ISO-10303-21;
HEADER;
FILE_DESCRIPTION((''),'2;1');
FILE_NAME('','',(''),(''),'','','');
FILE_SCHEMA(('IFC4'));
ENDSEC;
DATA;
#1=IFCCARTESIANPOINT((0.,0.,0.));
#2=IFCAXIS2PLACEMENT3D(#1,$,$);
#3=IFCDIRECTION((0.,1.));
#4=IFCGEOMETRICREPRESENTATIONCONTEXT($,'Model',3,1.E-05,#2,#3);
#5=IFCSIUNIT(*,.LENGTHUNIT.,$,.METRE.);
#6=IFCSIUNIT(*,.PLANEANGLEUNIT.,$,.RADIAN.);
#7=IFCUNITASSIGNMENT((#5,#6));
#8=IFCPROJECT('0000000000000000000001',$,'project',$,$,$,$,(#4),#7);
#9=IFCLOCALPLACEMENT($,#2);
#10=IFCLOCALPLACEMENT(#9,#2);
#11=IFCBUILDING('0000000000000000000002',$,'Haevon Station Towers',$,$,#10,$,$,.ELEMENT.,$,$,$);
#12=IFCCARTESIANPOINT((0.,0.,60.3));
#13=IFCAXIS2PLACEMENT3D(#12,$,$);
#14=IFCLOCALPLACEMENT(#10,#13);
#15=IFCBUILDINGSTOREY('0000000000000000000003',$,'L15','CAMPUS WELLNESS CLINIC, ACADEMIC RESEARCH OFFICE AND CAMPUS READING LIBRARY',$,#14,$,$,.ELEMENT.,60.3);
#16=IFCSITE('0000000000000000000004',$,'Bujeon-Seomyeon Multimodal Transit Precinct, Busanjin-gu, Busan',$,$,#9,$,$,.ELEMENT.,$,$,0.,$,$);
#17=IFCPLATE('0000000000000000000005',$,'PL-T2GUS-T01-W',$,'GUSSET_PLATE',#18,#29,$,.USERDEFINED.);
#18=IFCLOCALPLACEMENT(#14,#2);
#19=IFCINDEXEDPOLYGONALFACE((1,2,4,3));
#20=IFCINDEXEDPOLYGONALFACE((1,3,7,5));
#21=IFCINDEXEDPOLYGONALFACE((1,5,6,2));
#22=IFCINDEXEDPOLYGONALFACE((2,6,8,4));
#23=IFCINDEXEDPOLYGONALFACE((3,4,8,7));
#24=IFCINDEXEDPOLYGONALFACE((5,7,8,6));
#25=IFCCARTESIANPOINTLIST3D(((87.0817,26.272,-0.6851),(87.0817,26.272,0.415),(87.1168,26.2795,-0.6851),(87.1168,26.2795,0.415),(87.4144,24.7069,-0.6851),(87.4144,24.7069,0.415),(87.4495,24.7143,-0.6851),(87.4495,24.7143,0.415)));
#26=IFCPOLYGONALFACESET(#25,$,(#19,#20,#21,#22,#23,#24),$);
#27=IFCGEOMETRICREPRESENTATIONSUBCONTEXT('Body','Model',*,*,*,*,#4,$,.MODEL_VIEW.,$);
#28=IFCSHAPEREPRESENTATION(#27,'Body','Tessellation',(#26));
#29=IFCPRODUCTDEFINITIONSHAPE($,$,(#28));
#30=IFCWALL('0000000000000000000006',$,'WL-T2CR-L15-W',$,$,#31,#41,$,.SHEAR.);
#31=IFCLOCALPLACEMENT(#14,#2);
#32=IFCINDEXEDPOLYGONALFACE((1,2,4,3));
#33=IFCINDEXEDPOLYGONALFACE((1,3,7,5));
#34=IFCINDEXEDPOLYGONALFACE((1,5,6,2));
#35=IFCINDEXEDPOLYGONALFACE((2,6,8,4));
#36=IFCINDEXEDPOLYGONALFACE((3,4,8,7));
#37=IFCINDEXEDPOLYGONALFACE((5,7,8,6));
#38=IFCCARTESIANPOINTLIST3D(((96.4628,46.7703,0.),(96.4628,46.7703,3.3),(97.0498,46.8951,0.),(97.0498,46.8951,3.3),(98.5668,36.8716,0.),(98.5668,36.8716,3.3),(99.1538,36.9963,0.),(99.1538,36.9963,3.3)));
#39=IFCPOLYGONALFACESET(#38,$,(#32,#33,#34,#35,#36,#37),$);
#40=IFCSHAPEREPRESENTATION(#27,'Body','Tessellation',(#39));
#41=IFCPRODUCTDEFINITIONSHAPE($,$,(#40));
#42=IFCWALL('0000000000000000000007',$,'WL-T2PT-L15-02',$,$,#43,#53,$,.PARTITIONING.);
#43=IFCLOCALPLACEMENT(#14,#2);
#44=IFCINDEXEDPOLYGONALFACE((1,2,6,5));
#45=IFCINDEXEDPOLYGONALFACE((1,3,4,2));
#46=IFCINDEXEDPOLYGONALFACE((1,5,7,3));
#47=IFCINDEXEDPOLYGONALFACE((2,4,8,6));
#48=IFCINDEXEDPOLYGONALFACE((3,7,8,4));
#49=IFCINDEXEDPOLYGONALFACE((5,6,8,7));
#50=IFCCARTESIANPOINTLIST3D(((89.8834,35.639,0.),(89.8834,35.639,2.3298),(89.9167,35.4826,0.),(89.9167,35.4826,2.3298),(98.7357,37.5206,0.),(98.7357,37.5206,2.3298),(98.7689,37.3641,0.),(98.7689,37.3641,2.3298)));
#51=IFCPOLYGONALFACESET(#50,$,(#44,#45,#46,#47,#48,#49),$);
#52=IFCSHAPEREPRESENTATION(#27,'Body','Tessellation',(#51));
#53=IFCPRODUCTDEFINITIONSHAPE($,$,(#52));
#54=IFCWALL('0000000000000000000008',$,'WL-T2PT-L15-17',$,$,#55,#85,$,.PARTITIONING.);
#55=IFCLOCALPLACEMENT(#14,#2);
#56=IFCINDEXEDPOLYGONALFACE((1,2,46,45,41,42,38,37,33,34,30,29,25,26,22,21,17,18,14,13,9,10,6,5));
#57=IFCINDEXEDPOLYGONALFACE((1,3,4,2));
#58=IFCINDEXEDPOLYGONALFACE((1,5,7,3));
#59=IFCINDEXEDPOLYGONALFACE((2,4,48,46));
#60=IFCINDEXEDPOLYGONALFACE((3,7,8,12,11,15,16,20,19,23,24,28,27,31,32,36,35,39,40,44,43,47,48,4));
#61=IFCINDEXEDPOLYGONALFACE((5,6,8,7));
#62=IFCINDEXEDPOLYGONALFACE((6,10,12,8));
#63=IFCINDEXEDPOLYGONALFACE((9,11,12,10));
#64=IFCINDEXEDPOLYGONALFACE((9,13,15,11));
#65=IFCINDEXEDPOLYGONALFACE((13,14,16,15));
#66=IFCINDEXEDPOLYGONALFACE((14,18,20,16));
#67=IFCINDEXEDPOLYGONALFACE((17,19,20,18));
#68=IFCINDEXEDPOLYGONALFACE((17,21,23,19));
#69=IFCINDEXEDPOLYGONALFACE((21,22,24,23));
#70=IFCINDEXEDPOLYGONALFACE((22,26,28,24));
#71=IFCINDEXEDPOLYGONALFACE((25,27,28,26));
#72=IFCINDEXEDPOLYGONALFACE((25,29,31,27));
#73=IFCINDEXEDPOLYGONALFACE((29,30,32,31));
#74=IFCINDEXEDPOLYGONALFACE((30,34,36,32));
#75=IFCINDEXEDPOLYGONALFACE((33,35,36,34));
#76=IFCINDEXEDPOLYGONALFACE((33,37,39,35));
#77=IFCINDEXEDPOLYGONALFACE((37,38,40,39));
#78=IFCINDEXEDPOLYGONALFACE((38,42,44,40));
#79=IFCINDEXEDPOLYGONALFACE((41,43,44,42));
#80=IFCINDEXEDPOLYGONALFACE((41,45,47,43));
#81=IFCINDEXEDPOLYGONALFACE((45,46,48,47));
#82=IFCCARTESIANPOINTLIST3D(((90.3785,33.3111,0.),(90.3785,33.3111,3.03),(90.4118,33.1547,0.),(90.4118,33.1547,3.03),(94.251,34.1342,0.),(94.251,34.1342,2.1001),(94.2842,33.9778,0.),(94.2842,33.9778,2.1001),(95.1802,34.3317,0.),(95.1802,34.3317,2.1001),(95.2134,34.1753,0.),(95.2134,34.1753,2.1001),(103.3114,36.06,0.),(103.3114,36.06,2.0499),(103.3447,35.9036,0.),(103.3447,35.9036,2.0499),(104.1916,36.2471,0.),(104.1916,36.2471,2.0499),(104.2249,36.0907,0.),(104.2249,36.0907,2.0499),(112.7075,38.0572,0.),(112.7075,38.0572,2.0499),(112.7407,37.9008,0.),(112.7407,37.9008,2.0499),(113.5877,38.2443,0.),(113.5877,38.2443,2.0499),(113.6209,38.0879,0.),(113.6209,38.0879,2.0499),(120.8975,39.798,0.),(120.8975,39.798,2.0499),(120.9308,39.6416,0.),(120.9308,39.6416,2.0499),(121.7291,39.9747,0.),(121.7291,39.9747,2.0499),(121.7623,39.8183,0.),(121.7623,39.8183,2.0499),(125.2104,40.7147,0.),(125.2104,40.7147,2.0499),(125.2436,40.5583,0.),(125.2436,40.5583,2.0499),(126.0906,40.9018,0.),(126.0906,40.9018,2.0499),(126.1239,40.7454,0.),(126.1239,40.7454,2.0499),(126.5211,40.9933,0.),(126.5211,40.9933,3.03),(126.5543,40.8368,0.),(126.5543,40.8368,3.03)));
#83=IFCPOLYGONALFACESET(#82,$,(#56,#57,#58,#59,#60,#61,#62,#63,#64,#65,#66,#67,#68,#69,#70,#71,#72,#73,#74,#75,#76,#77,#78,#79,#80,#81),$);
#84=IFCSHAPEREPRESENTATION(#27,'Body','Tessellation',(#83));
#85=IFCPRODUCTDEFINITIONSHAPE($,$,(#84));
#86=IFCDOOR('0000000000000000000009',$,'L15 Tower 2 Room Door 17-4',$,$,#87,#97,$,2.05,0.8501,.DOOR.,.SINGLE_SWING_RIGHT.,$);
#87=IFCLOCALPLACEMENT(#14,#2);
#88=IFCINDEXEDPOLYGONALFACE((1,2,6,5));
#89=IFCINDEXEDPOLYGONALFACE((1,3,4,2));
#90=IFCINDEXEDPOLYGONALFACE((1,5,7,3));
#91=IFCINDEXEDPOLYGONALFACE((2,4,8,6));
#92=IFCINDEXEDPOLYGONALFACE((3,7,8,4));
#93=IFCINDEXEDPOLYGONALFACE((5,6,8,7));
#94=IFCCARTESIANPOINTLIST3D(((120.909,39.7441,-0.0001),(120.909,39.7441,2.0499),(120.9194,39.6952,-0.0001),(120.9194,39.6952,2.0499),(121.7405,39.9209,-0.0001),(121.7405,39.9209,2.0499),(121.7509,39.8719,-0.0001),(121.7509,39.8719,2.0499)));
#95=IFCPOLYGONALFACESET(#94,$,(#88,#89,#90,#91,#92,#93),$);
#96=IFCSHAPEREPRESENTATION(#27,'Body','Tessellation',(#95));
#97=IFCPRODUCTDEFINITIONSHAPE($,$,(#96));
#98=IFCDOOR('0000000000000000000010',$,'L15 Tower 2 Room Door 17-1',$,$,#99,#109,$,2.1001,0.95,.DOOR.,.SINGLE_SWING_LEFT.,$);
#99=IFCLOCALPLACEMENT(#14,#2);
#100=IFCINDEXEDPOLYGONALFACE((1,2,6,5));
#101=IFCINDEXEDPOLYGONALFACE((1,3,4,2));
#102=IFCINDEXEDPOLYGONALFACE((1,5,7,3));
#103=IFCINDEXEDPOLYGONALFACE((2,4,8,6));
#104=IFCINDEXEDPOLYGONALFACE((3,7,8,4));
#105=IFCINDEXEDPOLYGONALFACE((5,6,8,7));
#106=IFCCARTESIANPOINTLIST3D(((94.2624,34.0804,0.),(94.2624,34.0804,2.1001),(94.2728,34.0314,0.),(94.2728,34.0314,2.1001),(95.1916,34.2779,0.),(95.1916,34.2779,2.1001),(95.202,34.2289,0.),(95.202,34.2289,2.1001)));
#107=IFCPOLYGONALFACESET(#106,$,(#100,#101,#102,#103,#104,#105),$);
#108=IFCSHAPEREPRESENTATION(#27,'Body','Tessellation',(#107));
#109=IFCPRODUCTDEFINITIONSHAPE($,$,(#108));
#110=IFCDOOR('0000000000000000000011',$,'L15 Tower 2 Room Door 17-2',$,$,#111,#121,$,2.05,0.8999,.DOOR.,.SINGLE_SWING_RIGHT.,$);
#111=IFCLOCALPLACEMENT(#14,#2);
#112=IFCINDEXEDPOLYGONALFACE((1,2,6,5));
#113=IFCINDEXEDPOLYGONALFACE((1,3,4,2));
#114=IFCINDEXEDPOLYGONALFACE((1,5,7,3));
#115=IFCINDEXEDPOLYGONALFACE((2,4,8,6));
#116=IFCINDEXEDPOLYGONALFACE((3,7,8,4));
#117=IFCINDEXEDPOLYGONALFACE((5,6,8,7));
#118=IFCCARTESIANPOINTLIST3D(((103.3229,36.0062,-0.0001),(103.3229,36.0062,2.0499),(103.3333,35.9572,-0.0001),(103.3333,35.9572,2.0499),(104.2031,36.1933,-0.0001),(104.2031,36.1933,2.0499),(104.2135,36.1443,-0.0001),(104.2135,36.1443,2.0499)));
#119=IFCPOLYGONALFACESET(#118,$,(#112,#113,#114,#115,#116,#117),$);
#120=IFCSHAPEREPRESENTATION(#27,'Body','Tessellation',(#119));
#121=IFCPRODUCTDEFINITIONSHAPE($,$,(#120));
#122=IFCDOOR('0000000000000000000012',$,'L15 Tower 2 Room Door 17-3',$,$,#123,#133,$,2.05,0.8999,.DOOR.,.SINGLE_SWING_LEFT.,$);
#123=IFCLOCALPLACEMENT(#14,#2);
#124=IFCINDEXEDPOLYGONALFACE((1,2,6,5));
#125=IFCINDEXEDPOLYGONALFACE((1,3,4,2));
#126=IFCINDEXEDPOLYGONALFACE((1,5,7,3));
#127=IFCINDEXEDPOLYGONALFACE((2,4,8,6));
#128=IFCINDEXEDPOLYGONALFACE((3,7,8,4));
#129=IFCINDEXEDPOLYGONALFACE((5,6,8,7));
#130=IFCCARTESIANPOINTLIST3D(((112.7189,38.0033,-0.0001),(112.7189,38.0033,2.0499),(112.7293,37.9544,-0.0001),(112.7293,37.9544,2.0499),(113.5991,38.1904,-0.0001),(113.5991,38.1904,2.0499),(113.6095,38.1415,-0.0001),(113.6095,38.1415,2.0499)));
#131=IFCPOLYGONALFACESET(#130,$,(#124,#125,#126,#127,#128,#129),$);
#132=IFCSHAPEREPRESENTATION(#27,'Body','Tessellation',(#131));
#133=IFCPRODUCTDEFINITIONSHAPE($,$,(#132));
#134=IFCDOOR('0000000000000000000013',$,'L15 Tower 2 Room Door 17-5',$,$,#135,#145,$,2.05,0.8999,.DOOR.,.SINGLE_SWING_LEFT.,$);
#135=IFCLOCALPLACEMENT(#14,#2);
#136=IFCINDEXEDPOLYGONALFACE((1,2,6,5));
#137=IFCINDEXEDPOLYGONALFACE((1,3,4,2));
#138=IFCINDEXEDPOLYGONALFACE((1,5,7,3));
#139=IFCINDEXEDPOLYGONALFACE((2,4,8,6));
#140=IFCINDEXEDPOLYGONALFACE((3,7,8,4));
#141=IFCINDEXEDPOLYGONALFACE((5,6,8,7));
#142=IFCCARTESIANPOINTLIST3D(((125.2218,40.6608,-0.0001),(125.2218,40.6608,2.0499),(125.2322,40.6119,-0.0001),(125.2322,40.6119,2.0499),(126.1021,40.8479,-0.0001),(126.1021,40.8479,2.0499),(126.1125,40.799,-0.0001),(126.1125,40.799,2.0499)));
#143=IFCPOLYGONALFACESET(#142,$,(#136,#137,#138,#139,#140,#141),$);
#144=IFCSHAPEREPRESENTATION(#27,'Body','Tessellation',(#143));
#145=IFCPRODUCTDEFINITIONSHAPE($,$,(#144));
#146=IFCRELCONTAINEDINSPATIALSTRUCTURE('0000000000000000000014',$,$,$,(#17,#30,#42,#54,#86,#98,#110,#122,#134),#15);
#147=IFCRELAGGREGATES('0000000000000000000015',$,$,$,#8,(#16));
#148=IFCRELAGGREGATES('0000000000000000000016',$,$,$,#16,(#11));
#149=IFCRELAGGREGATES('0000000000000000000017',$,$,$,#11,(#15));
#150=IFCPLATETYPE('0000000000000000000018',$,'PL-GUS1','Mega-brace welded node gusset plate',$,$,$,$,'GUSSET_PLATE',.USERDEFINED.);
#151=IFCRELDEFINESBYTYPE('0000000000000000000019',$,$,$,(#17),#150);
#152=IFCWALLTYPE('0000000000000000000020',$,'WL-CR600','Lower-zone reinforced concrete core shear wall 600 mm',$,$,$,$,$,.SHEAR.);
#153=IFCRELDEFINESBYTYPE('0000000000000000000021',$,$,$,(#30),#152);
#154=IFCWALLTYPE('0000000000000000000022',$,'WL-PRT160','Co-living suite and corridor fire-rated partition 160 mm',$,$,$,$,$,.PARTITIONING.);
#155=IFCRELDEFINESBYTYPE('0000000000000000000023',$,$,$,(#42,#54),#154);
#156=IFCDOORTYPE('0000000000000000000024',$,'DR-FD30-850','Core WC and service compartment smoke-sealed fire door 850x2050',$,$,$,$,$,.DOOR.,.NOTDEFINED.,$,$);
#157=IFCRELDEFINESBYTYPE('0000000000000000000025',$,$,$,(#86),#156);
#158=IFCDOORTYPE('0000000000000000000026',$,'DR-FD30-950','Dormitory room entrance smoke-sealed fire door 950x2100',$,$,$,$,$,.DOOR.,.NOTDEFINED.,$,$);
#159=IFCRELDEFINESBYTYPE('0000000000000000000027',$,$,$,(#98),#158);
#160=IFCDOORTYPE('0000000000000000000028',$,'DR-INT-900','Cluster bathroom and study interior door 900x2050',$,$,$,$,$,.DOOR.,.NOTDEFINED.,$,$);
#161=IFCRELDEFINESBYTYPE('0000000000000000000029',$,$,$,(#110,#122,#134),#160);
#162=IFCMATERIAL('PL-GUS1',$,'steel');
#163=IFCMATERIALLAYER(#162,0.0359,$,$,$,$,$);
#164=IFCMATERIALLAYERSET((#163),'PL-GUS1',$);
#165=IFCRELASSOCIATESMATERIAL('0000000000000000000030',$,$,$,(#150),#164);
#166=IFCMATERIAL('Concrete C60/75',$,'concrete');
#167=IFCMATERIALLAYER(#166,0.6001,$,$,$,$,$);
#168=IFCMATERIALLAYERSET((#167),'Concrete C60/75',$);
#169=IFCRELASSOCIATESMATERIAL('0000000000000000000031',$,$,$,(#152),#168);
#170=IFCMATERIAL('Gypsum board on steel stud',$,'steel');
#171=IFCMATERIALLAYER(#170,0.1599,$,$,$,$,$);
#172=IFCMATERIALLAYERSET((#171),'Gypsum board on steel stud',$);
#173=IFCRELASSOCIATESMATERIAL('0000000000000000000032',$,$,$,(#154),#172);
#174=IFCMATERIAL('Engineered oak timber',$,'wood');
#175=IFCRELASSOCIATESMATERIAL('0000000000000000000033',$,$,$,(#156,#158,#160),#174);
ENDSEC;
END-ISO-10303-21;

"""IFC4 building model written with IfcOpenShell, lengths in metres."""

from ifc_helpers import new_model, si_unit, direction, frame, frame_2d, origin, origin_2d, place, context, subcontext, project, spatial, rectangle, extrude, material, layer, layer_set, type_object, element, fill, save


model = new_model("IFC4")

# Units and contexts
model_context = context("Model", 3, precision=1e-05, world=origin(), true_north=direction((0.0, 1.0)))
body_context = subcontext(model_context, "Body", "Model", "MODEL_VIEW")
ifc_project = project(units=[si_unit("LENGTHUNIT", "METRE"), si_unit("PLANEANGLEUNIT", "RADIAN")], contexts=[model_context])

# Site, building, storey
site_placement = place(None, origin())
site = spatial("IfcSite", under=ifc_project, at=site_placement, Name="Bujeon-Seomyeon Multimodal Transit Precinct, Busanjin-gu, Busan", CompositionType="ELEMENT", RefElevation=0.0)
building_placement = place(site_placement, origin())
building = spatial("IfcBuilding", under=site, at=building_placement, Name="Haevon Station Towers", CompositionType="ELEMENT")
storey_placement = place(building_placement, frame((0.0, 0.0, 60.3)))
storey = spatial("IfcBuildingStorey", under=building, at=storey_placement, Name="L15", Description="CAMPUS WELLNESS CLINIC, ACADEMIC RESEARCH OFFICE AND CAMPUS READING LIBRARY", CompositionType="ELEMENT", Elevation=60.3)

# Plate
ifc_material_1 = material(Name="PL-GUS1", Category="steel")
ifc_layer_1 = layer(ifc_material_1, 0.0359)
ifc_layer_set_1 = layer_set([ifc_layer_1], Name="PL-GUS1")
plate_type = type_object("IfcPlateType", Name="PL-GUS1", Description="Mega-brace welded node gusset plate", ElementType="GUSSET_PLATE", PredefinedType="USERDEFINED", material=ifc_layer_set_1)
plate_placement = place(storey_placement, frame((87.2656, 25.4932, -0.6851), z_axis=(0.0, 0.0, 1.0), x_axis=(-0.207912, 0.978148, 0.0)))
element("IfcPlate", 1, at=plate_placement, inside=storey, type_object=plate_type, Name="PL-T2GUS-T01-W", ObjectType="GUSSET_PLATE", PredefinedType="USERDEFINED", context=body_context, shape_type="SweptSolid", body=[
    extrude(rectangle(XDim=1.6001, YDim=0.0359, at=origin_2d()), origin(), (0.0, 0.0, 1.0), 1.1001),
])

# Walls
ifc_material_2 = material(Name="Concrete C60/75", Category="concrete")
ifc_layer_2 = layer(ifc_material_2, 0.6001)
ifc_layer_set_2 = layer_set([ifc_layer_2], Name="Concrete C60/75")
wall_type_1 = type_object("IfcWallType", Name="WL-CR600", Description="Lower-zone reinforced concrete core shear wall 600 mm", PredefinedType="SHEAR", material=ifc_layer_set_2)
wall_1_placement = place(storey_placement, frame((98.8604, 36.9338, 0.0), z_axis=(0.0, 0.0, 1.0), x_axis=(-0.207909, 0.978148, 0.0)))
element("IfcWall", 2, at=wall_1_placement, inside=storey, type_object=wall_type_1, Name="WL-T2CR-L15-W", PredefinedType="SHEAR", context=body_context, shape_type="SweptSolid", body=[
    extrude(rectangle(XDim=10.1199, YDim=0.6001, at=frame_2d((5.0601, 0.0))), origin(), (0.0, 0.0, 1.0), 3.3),
])
ifc_material_3 = material(Name="Gypsum board on steel stud", Category="steel")
ifc_layer_3 = layer(ifc_material_3, 0.1599)
ifc_layer_set_3 = layer_set([ifc_layer_3], Name="Gypsum board on steel stud")
wall_type_2 = type_object("IfcWallType", Name="WL-PRT160", Description="Co-living suite and corridor fire-rated partition 160 mm", PredefinedType="PARTITIONING", material=ifc_layer_set_3)
wall_2_placement = place(storey_placement, frame((89.9001, 35.5608, 0.0), z_axis=(0.0, 0.0, 1.0), x_axis=(0.978148, 0.207909, 0.0)))
element("IfcWall", 3, at=wall_2_placement, inside=storey, type_object=wall_type_2, Name="WL-T2PT-L15-02", PredefinedType="PARTITIONING", context=body_context, shape_type="SweptSolid", body=[
    extrude(rectangle(XDim=9.05, YDim=0.1599, at=frame_2d((4.5249, 0.0))), origin(), (0.0, 0.0, 1.0), 2.3298),
])

# Wall, openings, doors
wall_3_placement = place(storey_placement, frame((90.395, 33.2329, 0.0), z_axis=(0.0, 0.0, 1.0), x_axis=(0.978149, 0.207906, 0.0)))
wall_3 = element("IfcWall", 4, at=wall_3_placement, inside=storey, type_object=wall_type_2, Name="WL-T2PT-L15-17", PredefinedType="PARTITIONING", context=body_context, shape_type="SweptSolid", body=[
    extrude(rectangle(XDim=36.95, YDim=0.1599, at=frame_2d((18.4751, 0.0))), origin(), (0.0, 0.0, 1.0), 3.03),
])
opening_1_placement = place(wall_3_placement, frame((3.959, 0.0, 0.0)))
opening_1 = element("IfcOpeningElement", 5, at=opening_1_placement, cuts=wall_3, PredefinedType="OPENING", context=body_context, shape_type="SweptSolid", body=[
    extrude(rectangle(XDim=0.95, YDim=2.1001, at=frame_2d((0.4751, 1.05))), frame((0.0, 0.0898, 0.0), z_axis=(0.0, -1.0, 0.0), x_axis=(1.0, 0.0, 0.0)), (0.0, 0.0, 1.0), 0.1799),
])
opening_2_placement = place(wall_3_placement, frame((13.2219, 0.0, 0.0)))
opening_2 = element("IfcOpeningElement", 6, at=opening_2_placement, cuts=wall_3, PredefinedType="OPENING", context=body_context, shape_type="SweptSolid", body=[
    extrude(rectangle(XDim=0.8999, YDim=2.05, at=frame_2d((0.45, 1.0249))), frame((0.0, 0.0898, 0.0), z_axis=(0.0, -1.0, 0.0), x_axis=(1.0, 0.0, 0.0)), (0.0, 0.0, 1.0), 0.1799),
])
opening_3_placement = place(wall_3_placement, frame((22.8279, 0.0, 0.0)))
opening_3 = element("IfcOpeningElement", 7, at=opening_3_placement, cuts=wall_3, PredefinedType="OPENING", context=body_context, shape_type="SweptSolid", body=[
    extrude(rectangle(XDim=0.8999, YDim=2.05, at=frame_2d((0.45, 1.0249))), frame((0.0, 0.0898, 0.0), z_axis=(0.0, -1.0, 0.0), x_axis=(1.0, 0.0, 0.0)), (0.0, 0.0, 1.0), 0.1799),
])
opening_4_placement = place(wall_3_placement, frame((31.2009, 0.0, 0.0)))
opening_4 = element("IfcOpeningElement", 8, at=opening_4_placement, cuts=wall_3, PredefinedType="OPENING", context=body_context, shape_type="SweptSolid", body=[
    extrude(rectangle(XDim=0.8501, YDim=2.05, at=frame_2d((0.425, 1.0249))), frame((0.0, 0.0898, 0.0), z_axis=(0.0, -1.0, 0.0), x_axis=(1.0, 0.0, 0.0)), (0.0, 0.0, 1.0), 0.1799),
])
opening_5_placement = place(wall_3_placement, frame((35.6101, 0.0, 0.0)))
opening_5 = element("IfcOpeningElement", 9, at=opening_5_placement, cuts=wall_3, PredefinedType="OPENING", context=body_context, shape_type="SweptSolid", body=[
    extrude(rectangle(XDim=0.8999, YDim=2.05, at=frame_2d((0.45, 1.0249))), frame((0.0, 0.0898, 0.0), z_axis=(0.0, -1.0, 0.0), x_axis=(1.0, 0.0, 0.0)), (0.0, 0.0, 1.0), 0.1799),
])
ifc_material_4 = material(Name="Engineered oak timber", Category="wood")
door_type_1 = type_object("IfcDoorType", Name="DR-FD30-850", Description="Core WC and service compartment smoke-sealed fire door 850x2050", OperationType="NOTDEFINED", PredefinedType="DOOR", material=ifc_material_4)
door_1_placement = place(opening_4_placement, origin())
door_1 = element("IfcDoor", 10, at=door_1_placement, inside=storey, type_object=door_type_1, Name="L15 Tower 2 Room Door 17-4", OperationType="SINGLE_SWING_RIGHT", OverallHeight=2.05, OverallWidth=0.8501, PredefinedType="DOOR", context=body_context, shape_type="SweptSolid", body=[
    extrude(rectangle(XDim=0.8501, YDim=2.05, at=frame_2d((0.425, 1.0249))), frame((0.0, 0.0249, 0.0), z_axis=(0.0, -1.0, 0.0), x_axis=(1.0, 0.0, 0.0)), (0.0, 0.0, 1.0), 0.05),
])
fill(opening_4, door_1)
door_type_2 = type_object("IfcDoorType", Name="DR-FD30-950", Description="Dormitory room entrance smoke-sealed fire door 950x2100", OperationType="NOTDEFINED", PredefinedType="DOOR", material=ifc_material_4)
door_2_placement = place(opening_1_placement, origin())
door_2 = element("IfcDoor", 11, at=door_2_placement, inside=storey, type_object=door_type_2, Name="L15 Tower 2 Room Door 17-1", OperationType="SINGLE_SWING_LEFT", OverallHeight=2.1001, OverallWidth=0.95, PredefinedType="DOOR", context=body_context, shape_type="SweptSolid", body=[
    extrude(rectangle(XDim=0.95, YDim=2.1001, at=frame_2d((0.4751, 1.05))), frame((0.0, 0.0249, 0.0), z_axis=(0.0, -1.0, 0.0), x_axis=(1.0, 0.0, 0.0)), (0.0, 0.0, 1.0), 0.05),
])
fill(opening_1, door_2)
door_type_3 = type_object("IfcDoorType", Name="DR-INT-900", Description="Cluster bathroom and study interior door 900x2050", OperationType="NOTDEFINED", PredefinedType="DOOR", material=ifc_material_4)
door_3_placement = place(opening_2_placement, origin())
door_3 = element("IfcDoor", 12, at=door_3_placement, inside=storey, type_object=door_type_3, Name="L15 Tower 2 Room Door 17-2", OperationType="SINGLE_SWING_RIGHT", OverallHeight=2.05, OverallWidth=0.8999, PredefinedType="DOOR", context=body_context, shape_type="SweptSolid", body=[
    extrude(rectangle(XDim=0.8999, YDim=2.05, at=frame_2d((0.45, 1.0249))), frame((0.0, 0.0249, 0.0), z_axis=(0.0, -1.0, 0.0), x_axis=(1.0, 0.0, 0.0)), (0.0, 0.0, 1.0), 0.05),
])
fill(opening_2, door_3)
door_4_placement = place(opening_3_placement, origin())
door_4 = element("IfcDoor", 13, at=door_4_placement, inside=storey, type_object=door_type_3, Name="L15 Tower 2 Room Door 17-3", OperationType="SINGLE_SWING_LEFT", OverallHeight=2.05, OverallWidth=0.8999, PredefinedType="DOOR", context=body_context, shape_type="SweptSolid", body=[
    extrude(rectangle(XDim=0.8999, YDim=2.05, at=frame_2d((0.45, 1.0249))), frame((0.0, 0.0249, 0.0), z_axis=(0.0, -1.0, 0.0), x_axis=(1.0, 0.0, 0.0)), (0.0, 0.0, 1.0), 0.05),
])
fill(opening_3, door_4)
door_5_placement = place(opening_5_placement, origin())
door_5 = element("IfcDoor", 14, at=door_5_placement, inside=storey, type_object=door_type_3, Name="L15 Tower 2 Room Door 17-5", OperationType="SINGLE_SWING_LEFT", OverallHeight=2.05, OverallWidth=0.8999, PredefinedType="DOOR", context=body_context, shape_type="SweptSolid", body=[
    extrude(rectangle(XDim=0.8999, YDim=2.05, at=frame_2d((0.45, 1.0249))), frame((0.0, 0.0249, 0.0), z_axis=(0.0, -1.0, 0.0), x_axis=(1.0, 0.0, 0.0)), (0.0, 0.0, 1.0), 0.05),
])
fill(opening_5, door_5)

save(model, "model.ifc")
